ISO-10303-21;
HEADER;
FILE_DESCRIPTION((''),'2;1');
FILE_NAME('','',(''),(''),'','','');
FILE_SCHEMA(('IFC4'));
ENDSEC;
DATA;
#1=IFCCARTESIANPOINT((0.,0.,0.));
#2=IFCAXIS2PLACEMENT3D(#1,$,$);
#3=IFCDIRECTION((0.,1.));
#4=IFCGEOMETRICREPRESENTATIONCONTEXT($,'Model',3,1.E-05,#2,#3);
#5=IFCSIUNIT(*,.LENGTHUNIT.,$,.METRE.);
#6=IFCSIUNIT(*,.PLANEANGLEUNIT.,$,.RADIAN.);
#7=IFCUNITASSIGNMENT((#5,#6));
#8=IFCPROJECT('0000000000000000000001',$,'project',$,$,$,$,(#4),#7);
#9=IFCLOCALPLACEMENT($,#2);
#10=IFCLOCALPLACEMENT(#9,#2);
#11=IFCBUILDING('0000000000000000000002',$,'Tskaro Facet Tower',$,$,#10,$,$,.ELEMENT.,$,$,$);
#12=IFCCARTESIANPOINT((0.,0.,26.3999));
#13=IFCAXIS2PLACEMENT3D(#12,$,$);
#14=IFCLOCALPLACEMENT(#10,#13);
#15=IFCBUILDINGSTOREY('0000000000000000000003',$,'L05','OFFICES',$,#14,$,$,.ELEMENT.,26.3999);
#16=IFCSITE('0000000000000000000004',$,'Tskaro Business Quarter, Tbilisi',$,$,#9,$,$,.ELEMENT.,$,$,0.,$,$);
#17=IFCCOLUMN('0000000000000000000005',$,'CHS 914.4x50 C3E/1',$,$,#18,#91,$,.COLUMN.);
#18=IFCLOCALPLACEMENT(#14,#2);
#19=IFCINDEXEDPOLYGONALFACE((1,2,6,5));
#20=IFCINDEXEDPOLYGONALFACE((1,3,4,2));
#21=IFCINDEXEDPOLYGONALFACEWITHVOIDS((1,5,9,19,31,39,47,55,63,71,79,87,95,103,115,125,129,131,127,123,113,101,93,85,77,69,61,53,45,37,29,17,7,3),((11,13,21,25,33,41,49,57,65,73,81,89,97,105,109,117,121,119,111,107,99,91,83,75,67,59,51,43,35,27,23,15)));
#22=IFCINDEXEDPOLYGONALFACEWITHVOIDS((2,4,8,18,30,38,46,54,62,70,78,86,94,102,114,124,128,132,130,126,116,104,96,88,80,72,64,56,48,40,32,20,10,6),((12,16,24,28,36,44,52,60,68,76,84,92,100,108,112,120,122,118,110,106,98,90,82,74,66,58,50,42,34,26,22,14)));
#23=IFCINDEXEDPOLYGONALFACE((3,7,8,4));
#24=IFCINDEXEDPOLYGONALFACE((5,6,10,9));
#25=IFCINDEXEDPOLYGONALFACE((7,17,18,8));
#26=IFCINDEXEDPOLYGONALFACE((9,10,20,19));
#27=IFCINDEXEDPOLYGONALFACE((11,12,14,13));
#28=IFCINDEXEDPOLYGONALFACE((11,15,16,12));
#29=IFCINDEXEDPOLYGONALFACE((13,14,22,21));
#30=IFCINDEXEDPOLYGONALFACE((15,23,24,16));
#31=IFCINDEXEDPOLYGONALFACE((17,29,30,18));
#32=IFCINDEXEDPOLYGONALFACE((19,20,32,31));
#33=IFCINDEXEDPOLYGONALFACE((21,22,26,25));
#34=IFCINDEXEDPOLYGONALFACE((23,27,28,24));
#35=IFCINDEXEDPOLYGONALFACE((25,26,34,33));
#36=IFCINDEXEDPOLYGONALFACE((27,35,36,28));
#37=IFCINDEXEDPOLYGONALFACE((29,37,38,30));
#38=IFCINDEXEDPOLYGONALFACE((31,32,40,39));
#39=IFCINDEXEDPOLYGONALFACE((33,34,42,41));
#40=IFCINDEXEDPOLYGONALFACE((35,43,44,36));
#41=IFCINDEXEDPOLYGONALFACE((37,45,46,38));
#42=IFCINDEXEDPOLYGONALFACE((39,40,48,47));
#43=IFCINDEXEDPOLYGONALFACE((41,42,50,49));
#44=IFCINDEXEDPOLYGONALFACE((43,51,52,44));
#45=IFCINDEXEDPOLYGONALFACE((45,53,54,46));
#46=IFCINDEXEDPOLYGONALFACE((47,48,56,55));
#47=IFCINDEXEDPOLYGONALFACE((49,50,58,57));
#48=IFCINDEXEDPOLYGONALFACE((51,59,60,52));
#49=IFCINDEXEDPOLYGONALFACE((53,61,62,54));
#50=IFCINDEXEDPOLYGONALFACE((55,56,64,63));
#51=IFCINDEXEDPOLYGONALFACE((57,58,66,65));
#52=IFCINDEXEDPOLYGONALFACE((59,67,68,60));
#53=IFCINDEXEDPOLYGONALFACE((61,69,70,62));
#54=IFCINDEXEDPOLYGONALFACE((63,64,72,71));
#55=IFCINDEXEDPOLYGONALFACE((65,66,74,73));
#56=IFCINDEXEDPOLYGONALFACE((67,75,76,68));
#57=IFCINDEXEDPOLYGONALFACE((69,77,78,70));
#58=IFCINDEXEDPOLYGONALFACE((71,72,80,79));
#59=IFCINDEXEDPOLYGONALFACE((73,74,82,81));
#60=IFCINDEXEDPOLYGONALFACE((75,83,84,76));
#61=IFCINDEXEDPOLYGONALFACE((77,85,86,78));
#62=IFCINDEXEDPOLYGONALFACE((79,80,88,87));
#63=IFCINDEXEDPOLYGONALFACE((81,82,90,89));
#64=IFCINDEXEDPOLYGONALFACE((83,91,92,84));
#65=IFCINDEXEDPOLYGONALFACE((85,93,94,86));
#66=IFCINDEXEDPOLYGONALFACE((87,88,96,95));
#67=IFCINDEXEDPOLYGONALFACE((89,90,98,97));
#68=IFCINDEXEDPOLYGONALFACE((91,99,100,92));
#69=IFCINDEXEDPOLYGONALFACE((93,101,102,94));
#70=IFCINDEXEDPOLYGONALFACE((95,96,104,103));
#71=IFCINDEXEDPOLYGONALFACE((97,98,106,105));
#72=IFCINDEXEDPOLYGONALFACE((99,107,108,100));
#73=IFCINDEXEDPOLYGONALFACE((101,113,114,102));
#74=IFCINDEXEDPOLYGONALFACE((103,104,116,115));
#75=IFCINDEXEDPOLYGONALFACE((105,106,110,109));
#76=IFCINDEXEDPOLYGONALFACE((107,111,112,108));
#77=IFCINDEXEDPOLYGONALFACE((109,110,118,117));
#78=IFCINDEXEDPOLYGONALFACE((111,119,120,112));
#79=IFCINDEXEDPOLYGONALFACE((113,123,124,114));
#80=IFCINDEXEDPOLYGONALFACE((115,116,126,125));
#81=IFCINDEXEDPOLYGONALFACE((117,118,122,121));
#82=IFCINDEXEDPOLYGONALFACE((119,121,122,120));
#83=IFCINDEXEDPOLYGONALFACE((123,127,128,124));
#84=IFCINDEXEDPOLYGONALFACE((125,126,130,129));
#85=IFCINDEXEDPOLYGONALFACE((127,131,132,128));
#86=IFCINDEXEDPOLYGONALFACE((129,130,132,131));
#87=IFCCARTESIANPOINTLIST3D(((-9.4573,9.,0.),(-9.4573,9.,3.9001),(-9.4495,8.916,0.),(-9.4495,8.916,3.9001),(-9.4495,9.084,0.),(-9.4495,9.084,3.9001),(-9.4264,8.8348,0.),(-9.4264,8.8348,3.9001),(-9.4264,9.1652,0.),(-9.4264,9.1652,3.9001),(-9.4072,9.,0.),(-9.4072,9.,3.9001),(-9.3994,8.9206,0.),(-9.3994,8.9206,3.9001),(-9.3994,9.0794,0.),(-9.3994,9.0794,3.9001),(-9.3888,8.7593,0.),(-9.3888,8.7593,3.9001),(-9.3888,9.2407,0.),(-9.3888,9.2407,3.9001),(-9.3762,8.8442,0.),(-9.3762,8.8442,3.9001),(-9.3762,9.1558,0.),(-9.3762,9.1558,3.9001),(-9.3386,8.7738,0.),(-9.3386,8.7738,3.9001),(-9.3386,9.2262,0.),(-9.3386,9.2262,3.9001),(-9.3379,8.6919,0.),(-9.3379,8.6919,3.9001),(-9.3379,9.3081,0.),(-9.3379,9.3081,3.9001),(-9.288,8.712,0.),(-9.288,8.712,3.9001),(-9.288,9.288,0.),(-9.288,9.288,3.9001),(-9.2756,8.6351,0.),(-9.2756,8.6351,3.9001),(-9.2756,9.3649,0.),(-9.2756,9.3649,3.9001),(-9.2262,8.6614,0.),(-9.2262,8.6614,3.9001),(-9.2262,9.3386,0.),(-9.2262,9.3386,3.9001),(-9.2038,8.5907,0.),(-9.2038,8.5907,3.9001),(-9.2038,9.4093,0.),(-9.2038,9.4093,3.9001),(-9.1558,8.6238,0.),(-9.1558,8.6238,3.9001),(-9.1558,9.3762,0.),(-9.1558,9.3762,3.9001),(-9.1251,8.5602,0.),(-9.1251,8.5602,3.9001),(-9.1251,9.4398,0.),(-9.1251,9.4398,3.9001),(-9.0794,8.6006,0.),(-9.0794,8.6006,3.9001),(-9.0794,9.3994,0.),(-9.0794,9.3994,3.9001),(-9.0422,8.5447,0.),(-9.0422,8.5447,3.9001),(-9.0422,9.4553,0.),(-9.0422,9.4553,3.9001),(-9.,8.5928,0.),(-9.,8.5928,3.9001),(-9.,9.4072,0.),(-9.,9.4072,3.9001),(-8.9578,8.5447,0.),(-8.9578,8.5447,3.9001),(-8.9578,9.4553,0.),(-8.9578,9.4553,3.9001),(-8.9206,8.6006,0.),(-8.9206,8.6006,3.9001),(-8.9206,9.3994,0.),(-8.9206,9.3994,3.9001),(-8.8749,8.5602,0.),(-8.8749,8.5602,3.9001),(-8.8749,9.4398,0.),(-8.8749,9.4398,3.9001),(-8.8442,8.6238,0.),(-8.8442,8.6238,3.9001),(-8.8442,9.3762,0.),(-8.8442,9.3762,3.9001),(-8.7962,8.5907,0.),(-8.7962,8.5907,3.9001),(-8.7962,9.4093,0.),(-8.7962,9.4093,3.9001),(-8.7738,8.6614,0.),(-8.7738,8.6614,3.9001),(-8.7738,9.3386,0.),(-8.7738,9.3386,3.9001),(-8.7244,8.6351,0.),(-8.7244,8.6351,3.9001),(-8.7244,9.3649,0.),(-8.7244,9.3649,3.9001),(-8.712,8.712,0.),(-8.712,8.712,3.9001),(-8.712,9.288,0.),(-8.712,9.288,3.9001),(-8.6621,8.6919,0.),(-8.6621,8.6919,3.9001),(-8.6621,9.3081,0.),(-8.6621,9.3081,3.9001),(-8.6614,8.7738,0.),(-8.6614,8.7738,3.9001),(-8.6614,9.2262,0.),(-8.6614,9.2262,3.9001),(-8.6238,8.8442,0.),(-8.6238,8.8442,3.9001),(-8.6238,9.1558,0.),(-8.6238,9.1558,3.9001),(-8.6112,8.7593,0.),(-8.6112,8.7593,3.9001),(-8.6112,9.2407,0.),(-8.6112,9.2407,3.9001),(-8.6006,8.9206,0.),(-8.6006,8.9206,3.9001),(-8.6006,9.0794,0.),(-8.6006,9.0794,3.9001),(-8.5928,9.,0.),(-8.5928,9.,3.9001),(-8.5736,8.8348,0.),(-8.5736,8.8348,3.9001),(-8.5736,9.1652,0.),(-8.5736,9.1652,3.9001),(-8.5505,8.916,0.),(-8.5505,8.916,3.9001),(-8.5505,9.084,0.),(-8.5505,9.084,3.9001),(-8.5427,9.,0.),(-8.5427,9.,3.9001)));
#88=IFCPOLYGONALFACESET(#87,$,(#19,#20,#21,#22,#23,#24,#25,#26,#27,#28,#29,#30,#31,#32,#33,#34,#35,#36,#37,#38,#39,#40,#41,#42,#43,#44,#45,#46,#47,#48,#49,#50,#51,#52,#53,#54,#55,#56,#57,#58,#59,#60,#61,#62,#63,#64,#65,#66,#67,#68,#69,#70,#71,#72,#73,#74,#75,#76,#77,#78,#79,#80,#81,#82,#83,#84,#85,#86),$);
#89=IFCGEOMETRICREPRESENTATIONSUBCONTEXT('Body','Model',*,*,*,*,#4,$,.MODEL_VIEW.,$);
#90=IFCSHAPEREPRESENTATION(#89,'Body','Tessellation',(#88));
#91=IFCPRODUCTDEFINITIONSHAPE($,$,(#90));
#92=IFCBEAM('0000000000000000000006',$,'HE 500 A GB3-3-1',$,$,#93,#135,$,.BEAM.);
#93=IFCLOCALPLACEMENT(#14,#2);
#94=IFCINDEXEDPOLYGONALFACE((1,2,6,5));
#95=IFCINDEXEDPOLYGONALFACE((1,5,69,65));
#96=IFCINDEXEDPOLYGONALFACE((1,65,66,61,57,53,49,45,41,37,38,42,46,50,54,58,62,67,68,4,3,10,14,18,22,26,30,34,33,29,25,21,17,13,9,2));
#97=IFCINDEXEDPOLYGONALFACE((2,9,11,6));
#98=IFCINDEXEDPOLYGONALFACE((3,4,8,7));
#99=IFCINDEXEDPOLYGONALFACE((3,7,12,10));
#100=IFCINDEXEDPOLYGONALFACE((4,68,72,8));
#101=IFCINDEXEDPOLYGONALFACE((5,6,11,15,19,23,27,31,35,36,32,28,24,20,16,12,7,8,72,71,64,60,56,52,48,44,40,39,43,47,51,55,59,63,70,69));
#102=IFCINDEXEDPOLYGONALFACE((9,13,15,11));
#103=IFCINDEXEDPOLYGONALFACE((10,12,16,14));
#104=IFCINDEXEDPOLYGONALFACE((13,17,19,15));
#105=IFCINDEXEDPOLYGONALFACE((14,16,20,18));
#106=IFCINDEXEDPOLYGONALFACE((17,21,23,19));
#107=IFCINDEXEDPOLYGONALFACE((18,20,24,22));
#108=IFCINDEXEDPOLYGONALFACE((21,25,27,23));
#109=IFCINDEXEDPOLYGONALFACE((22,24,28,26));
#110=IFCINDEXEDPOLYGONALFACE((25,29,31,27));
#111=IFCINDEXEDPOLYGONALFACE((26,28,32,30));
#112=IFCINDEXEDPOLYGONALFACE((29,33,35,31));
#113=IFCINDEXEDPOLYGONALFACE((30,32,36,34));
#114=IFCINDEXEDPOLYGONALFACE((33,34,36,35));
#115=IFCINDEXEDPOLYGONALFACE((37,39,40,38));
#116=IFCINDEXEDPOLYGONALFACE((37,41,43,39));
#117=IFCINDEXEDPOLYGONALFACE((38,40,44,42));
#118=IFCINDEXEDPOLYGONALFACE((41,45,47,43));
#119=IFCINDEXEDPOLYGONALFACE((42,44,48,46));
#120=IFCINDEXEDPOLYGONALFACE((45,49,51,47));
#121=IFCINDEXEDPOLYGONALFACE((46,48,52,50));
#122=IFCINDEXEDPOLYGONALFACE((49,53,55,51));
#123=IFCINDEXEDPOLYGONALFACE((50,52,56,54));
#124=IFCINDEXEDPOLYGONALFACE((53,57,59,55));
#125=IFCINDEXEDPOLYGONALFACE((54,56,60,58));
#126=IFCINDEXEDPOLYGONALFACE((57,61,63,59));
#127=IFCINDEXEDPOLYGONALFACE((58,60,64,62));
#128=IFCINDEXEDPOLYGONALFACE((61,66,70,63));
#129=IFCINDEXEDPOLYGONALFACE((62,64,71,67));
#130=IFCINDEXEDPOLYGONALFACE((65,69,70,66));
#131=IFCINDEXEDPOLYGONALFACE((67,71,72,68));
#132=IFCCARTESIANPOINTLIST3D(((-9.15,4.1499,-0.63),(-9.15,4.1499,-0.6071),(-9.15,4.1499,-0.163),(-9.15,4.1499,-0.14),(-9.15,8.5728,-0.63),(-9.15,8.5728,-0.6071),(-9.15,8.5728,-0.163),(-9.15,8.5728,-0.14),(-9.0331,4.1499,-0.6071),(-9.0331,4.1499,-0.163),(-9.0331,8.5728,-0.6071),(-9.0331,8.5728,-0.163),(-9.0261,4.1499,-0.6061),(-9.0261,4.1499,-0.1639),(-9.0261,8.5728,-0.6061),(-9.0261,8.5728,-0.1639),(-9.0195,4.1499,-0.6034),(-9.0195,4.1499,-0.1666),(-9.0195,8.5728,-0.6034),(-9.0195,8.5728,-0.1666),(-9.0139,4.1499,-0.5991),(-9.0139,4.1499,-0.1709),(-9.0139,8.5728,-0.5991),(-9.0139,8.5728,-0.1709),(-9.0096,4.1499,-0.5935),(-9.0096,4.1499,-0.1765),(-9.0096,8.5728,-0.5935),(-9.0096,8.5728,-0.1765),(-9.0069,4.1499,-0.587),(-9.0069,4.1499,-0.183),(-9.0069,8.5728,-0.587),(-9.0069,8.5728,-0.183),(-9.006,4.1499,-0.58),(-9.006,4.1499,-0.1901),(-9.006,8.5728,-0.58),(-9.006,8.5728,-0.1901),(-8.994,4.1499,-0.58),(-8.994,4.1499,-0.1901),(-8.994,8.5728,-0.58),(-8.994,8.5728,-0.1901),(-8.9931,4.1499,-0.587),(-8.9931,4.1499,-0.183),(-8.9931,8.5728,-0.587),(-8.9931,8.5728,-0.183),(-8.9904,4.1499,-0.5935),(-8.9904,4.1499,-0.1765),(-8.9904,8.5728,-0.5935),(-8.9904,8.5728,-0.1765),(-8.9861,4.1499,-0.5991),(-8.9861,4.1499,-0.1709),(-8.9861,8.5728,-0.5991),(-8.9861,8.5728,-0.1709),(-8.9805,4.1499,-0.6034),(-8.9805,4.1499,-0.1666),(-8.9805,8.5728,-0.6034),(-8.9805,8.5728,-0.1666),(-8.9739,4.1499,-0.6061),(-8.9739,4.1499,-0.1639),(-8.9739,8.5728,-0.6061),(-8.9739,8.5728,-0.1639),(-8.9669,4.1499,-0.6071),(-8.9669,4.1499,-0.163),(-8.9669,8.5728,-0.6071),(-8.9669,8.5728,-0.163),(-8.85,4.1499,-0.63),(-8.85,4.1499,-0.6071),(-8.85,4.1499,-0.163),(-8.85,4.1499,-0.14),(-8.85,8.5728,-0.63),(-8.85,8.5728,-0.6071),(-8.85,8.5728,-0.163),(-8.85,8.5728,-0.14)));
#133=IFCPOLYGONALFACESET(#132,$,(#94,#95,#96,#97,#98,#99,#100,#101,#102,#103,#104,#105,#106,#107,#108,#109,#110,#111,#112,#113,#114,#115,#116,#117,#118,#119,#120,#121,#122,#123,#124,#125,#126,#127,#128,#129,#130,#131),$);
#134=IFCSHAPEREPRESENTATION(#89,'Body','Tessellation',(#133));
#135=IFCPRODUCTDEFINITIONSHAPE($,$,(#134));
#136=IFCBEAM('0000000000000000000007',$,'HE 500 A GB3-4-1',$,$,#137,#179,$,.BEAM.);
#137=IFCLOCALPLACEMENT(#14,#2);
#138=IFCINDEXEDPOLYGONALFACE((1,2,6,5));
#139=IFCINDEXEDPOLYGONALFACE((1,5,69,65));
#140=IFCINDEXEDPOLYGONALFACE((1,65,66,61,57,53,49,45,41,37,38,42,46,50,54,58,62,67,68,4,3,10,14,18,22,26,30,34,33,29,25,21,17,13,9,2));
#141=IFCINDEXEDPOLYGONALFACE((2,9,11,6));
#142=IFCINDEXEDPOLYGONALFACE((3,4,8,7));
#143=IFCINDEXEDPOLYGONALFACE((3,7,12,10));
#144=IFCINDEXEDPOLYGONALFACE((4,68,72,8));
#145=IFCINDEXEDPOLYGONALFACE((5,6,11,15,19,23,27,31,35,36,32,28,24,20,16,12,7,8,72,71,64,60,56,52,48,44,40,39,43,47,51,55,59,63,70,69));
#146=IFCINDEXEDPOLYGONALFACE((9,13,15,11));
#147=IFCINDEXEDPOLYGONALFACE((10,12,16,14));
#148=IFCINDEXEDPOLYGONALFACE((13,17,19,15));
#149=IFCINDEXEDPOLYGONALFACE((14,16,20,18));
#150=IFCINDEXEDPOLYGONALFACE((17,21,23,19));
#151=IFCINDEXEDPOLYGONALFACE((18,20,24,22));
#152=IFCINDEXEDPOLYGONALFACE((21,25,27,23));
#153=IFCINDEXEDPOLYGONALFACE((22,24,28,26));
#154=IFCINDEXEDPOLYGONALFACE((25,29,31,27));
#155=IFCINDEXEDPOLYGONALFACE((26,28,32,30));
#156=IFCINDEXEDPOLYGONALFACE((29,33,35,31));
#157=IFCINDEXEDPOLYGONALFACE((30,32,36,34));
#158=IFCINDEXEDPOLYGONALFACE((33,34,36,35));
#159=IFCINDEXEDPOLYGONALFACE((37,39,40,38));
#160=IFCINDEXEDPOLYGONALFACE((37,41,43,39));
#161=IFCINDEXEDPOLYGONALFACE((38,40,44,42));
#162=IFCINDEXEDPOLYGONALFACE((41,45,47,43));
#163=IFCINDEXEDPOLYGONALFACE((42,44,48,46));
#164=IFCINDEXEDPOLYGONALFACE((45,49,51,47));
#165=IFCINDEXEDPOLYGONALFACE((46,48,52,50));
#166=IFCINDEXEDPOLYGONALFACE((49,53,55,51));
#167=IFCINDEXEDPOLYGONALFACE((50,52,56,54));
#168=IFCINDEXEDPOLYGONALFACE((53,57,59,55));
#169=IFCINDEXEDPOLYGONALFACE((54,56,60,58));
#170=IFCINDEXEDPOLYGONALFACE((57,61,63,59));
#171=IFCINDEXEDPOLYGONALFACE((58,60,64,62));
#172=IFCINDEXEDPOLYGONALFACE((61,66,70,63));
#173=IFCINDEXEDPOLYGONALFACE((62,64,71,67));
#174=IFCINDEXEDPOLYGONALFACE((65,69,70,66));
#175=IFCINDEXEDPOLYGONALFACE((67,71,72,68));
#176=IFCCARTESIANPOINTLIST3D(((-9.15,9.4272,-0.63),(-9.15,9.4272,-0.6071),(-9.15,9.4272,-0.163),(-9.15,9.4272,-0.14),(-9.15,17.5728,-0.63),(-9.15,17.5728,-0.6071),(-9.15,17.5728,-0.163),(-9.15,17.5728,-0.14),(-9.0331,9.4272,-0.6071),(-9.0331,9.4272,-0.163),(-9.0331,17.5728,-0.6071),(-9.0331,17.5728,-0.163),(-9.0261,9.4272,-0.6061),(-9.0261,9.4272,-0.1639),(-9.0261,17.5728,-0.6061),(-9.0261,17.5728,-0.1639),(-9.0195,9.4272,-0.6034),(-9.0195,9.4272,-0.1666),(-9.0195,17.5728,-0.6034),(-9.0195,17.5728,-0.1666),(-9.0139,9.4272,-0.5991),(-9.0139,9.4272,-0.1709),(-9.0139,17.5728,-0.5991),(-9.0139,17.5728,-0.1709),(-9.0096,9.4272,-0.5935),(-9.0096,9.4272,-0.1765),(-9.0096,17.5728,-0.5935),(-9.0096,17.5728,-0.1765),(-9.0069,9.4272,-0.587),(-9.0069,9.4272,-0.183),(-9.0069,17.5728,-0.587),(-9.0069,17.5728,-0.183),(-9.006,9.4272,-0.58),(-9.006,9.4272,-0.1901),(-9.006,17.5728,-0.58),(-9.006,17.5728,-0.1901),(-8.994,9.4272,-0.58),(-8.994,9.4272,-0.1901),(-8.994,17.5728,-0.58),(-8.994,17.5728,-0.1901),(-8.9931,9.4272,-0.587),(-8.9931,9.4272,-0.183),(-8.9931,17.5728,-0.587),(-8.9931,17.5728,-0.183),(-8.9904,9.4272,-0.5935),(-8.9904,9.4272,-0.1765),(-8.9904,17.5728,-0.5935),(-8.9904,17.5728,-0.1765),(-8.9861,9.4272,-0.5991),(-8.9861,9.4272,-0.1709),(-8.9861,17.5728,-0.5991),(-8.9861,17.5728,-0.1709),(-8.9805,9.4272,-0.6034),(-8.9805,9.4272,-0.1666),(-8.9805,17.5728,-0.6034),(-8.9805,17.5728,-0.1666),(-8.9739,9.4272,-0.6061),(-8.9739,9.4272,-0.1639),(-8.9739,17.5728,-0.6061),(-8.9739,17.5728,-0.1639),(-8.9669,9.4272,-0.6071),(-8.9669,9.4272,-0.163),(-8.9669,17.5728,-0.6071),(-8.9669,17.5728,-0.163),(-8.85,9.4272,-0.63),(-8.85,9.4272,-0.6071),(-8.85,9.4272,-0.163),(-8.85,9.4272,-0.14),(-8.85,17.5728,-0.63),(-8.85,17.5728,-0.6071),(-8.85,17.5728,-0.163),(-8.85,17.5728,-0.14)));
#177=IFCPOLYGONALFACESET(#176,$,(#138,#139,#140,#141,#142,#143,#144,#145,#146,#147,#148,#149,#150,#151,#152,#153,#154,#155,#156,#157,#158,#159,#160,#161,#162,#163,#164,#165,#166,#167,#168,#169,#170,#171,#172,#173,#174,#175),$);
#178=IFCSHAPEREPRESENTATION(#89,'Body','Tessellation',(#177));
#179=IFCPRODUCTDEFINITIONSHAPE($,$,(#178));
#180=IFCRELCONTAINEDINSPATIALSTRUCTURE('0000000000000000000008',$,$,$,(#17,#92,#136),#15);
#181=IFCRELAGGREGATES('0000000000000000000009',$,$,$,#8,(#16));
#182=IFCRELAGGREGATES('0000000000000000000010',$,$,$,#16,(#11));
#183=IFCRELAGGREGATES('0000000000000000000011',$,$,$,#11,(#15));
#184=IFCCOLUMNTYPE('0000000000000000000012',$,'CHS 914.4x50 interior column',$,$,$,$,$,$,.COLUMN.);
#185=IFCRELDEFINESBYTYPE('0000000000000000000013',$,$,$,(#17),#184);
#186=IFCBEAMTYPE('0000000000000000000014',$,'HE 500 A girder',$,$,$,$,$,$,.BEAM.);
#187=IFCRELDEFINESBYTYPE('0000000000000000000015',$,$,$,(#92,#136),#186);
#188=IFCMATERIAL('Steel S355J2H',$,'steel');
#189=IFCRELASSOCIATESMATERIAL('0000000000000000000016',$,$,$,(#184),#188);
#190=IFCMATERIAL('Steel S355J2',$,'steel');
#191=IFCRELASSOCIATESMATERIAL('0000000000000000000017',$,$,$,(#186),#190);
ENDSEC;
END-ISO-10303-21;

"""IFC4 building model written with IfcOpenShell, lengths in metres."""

from ifc_helpers import new_model, si_unit, direction, frame, origin, origin_2d, place, context, subcontext, project, spatial, hollow_circle, i_section, extrude, material, material_profile, profile_set, type_object, element, save


model = new_model("IFC4")

# Units and contexts
model_context = context("Model", 3, precision=1e-05, world=origin(), true_north=direction((0.0, 1.0)))
body_context = subcontext(model_context, "Body", "Model", "MODEL_VIEW")
ifc_project = project(units=[si_unit("LENGTHUNIT", "METRE"), si_unit("PLANEANGLEUNIT", "RADIAN")], contexts=[model_context])

# Site, building, storey
site_placement = place(None, origin())
site = spatial("IfcSite", under=ifc_project, at=site_placement, Name="Tskaro Business Quarter, Tbilisi", CompositionType="ELEMENT", RefElevation=0.0)
building_placement = place(site_placement, origin())
building = spatial("IfcBuilding", under=site, at=building_placement, Name="Tskaro Facet Tower", CompositionType="ELEMENT")
storey_placement = place(building_placement, frame((0.0, 0.0, 26.3999)))
storey = spatial("IfcBuildingStorey", under=building, at=storey_placement, Name="L05", Description="OFFICES", CompositionType="ELEMENT", Elevation=26.3999)

# Column
ifc_material_1 = material(Name="Steel S355J2H", Category="steel")
ifc_material_profile_1 = material_profile(ifc_material_1, hollow_circle(Radius=0.4573, WallThickness=0.05, at=origin_2d()), Name="CHS 914.4x50")
ifc_profile_set_1 = profile_set([ifc_material_profile_1], Name="Steel S355J2H")
column_type = type_object("IfcColumnType", Name="CHS 914.4x50 interior column", PredefinedType="COLUMN", material=ifc_profile_set_1)
column_placement = place(storey_placement, frame((-9.0, 9.0, 0.0), z_axis=(0.0, 0.0, 1.0), x_axis=(1.0, 0.0, 0.0)))
element("IfcColumn", 1, at=column_placement, inside=storey, type_object=column_type, Name="CHS 914.4x50 C3E/1", PredefinedType="COLUMN", context=body_context, shape_type="SweptSolid", body=[
    extrude(hollow_circle(Radius=0.4573, WallThickness=0.05, at=origin_2d()), origin(), (0.0, 0.0, 1.0), 3.9001),
])

# Beams
ifc_material_2 = material(Name="Steel S355J2", Category="steel")
ifc_material_profile_2 = material_profile(ifc_material_2, i_section(OverallWidth=0.3, OverallDepth=0.49, WebThickness=0.012, FlangeThickness=0.0229, FilletRadius=0.0271, at=origin_2d()), Name="HE 500 A")
ifc_profile_set_2 = profile_set([ifc_material_profile_2], Name="Steel S355J2")
beam_type_1 = type_object("IfcBeamType", Name="HE 500 A girder", PredefinedType="BEAM", material=ifc_profile_set_2)
beam_1_placement = place(storey_placement, frame((-9.0, 4.1499, -0.385), z_axis=(0.0, 1.0, 0.0), x_axis=(-1.0, 0.0, 0.0)))
element("IfcBeam", 2, at=beam_1_placement, inside=storey, type_object=beam_type_1, Name="HE 500 A GB3-3-1", PredefinedType="BEAM", context=body_context, shape_type="SweptSolid", body=[
    extrude(i_section(OverallWidth=0.3, OverallDepth=0.49, WebThickness=0.012, FlangeThickness=0.0229, FilletRadius=0.0271, at=origin_2d()), origin(), (0.0, 0.0, 1.0), 4.4229),
])
beam_2_placement = place(storey_placement, frame((-9.0, 9.4272, -0.385), z_axis=(0.0, 1.0, 0.0), x_axis=(-1.0, 0.0, 0.0)))
element("IfcBeam", 3, at=beam_2_placement, inside=storey, type_object=beam_type_1, Name="HE 500 A GB3-4-1", PredefinedType="BEAM", context=body_context, shape_type="SweptSolid", body=[
    extrude(i_section(OverallWidth=0.3, OverallDepth=0.49, WebThickness=0.012, FlangeThickness=0.0229, FilletRadius=0.0271, at=origin_2d()), origin(), (0.0, 0.0, 1.0), 8.1455),
])

save(model, "model.ifc")
